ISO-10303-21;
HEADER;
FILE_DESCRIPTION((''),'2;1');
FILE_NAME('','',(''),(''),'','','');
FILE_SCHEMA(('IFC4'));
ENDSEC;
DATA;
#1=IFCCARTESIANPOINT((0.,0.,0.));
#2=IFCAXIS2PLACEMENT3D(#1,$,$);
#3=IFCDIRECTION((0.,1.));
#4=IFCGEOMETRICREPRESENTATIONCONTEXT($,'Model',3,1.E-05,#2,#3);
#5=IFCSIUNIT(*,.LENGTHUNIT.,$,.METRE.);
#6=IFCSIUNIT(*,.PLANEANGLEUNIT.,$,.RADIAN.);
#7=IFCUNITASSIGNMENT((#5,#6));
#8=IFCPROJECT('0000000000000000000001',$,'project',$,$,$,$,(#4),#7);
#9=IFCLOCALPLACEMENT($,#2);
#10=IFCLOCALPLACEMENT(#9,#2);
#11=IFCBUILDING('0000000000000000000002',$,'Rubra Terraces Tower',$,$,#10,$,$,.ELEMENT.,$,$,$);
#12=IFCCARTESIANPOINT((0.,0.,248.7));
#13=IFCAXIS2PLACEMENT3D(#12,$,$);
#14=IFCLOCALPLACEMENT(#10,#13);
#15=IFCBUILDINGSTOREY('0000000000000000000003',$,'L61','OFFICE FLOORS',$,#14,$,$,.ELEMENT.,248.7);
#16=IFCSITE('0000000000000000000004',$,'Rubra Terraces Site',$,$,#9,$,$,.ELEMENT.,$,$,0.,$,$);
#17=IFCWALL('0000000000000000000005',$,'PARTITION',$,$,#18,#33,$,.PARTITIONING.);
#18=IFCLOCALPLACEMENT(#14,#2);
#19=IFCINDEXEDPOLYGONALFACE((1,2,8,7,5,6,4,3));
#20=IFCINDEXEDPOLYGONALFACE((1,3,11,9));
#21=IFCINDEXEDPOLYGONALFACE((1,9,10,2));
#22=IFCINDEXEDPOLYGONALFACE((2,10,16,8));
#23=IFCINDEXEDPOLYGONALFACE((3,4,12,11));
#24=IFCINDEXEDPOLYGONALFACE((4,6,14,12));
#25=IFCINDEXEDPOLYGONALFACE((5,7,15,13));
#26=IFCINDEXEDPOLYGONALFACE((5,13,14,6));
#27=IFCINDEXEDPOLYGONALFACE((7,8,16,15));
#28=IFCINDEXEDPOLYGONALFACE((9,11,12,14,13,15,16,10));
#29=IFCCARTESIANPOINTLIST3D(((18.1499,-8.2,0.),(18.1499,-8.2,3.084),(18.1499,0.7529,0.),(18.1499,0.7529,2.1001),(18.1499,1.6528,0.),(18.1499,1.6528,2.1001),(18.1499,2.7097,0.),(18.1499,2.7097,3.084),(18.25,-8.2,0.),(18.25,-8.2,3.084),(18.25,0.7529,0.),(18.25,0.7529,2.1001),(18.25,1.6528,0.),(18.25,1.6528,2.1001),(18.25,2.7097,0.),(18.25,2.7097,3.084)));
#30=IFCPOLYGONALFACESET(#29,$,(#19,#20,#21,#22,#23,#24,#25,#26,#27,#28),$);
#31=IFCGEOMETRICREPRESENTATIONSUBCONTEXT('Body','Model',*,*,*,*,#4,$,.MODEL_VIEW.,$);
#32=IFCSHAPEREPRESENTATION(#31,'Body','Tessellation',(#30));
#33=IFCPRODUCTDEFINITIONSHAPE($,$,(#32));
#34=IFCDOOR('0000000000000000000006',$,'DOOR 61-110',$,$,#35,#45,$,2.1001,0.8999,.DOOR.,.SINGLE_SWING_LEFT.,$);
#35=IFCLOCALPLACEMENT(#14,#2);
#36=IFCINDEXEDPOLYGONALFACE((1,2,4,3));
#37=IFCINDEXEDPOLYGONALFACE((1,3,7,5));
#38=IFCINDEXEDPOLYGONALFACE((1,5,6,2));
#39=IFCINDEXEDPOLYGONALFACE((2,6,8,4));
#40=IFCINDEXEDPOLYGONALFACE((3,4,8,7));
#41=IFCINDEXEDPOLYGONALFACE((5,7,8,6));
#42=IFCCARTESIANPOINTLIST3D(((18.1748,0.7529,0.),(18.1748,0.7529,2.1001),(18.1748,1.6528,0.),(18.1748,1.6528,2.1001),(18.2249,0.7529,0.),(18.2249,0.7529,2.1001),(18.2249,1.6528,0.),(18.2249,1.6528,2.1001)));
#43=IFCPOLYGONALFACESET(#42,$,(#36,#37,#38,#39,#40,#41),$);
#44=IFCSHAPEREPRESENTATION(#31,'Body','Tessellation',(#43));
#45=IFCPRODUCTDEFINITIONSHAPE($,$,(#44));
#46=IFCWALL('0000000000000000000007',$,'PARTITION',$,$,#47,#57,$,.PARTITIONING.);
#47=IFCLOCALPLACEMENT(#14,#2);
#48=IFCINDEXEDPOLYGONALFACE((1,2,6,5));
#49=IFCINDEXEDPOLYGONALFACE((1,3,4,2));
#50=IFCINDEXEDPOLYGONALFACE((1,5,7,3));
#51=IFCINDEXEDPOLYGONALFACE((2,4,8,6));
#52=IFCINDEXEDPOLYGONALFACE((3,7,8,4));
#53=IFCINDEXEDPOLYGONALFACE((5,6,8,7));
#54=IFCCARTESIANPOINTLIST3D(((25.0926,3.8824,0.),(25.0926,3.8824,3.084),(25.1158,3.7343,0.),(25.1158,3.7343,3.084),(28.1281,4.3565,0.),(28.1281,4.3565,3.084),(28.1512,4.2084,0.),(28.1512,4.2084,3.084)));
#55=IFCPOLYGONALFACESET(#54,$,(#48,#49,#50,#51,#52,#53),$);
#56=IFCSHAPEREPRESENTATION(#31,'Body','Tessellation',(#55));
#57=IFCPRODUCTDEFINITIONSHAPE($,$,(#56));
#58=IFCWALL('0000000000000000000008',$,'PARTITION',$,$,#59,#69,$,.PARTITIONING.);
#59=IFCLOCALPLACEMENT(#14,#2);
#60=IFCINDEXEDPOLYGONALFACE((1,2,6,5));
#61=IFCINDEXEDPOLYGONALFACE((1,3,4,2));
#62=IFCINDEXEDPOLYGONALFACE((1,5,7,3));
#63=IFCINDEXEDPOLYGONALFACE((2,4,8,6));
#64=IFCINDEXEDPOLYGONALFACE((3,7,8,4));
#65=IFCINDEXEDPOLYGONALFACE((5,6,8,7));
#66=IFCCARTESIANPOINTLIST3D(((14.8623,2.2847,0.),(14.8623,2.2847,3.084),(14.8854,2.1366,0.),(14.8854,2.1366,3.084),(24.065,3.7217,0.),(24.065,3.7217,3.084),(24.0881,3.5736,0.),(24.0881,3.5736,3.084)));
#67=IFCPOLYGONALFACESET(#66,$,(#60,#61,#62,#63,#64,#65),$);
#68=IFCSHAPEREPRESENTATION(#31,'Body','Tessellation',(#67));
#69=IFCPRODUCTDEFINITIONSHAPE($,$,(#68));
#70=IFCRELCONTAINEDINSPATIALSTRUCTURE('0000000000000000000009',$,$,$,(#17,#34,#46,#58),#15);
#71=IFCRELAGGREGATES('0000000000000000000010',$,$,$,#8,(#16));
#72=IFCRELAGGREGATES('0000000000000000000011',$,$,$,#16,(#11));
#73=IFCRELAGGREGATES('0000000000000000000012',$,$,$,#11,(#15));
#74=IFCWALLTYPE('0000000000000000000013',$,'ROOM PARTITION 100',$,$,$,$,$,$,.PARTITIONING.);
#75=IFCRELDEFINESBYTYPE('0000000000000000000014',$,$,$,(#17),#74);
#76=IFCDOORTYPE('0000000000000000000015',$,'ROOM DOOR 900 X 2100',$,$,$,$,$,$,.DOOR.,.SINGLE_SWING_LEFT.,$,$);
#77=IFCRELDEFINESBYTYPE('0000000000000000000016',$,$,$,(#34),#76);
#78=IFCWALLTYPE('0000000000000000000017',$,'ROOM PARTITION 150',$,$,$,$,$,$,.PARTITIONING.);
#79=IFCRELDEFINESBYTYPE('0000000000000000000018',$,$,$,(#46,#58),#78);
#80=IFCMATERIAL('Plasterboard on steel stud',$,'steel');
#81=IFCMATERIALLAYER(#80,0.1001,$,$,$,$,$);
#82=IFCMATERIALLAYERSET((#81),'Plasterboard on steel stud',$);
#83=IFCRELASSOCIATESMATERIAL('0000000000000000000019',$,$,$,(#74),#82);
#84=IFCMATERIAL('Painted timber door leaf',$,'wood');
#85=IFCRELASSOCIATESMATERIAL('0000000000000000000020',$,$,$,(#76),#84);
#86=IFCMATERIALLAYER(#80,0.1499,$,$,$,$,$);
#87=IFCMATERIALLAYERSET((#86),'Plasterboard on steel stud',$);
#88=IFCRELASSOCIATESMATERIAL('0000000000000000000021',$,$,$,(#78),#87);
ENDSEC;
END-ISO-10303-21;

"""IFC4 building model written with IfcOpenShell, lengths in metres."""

from ifc_helpers import new_model, si_unit, direction, frame, frame_2d, origin, place, context, subcontext, project, spatial, rectangle, extrude, material, layer, layer_set, type_object, element, fill, save


model = new_model("IFC4")

# Units and contexts
model_context = context("Model", 3, precision=1e-05, world=origin(), true_north=direction((0.0, 1.0)))
body_context = subcontext(model_context, "Body", "Model", "MODEL_VIEW")
ifc_project = project(units=[si_unit("LENGTHUNIT", "METRE"), si_unit("PLANEANGLEUNIT", "RADIAN")], contexts=[model_context])

# Site, building, storey
site_placement = place(None, origin())
site = spatial("IfcSite", under=ifc_project, at=site_placement, Name="Rubra Terraces Site", CompositionType="ELEMENT", RefElevation=0.0)
building_placement = place(site_placement, origin())
building = spatial("IfcBuilding", under=site, at=building_placement, Name="Rubra Terraces Tower", CompositionType="ELEMENT")
storey_placement = place(building_placement, frame((0.0, 0.0, 248.7)))
storey = spatial("IfcBuildingStorey", under=building, at=storey_placement, Name="L61", Description="OFFICE FLOORS", CompositionType="ELEMENT", Elevation=248.7)

# Wall, opening, door
ifc_material_1 = material(Name="Plasterboard on steel stud", Category="steel")
ifc_layer_1 = layer(ifc_material_1, 0.1001)
ifc_layer_set_1 = layer_set([ifc_layer_1], Name="Plasterboard on steel stud")
wall_type_1 = type_object("IfcWallType", Name="ROOM PARTITION 100", PredefinedType="PARTITIONING", material=ifc_layer_set_1)
wall_1_placement = place(storey_placement, frame((18.2, 2.7097, 0.0), z_axis=(0.0, 0.0, 1.0), x_axis=(0.0, -1.0, 0.0)))
wall_1 = element("IfcWall", 1, at=wall_1_placement, inside=storey, type_object=wall_type_1, Name="PARTITION", PredefinedType="PARTITIONING", context=body_context, shape_type="SweptSolid", body=[
    extrude(rectangle(XDim=10.9097, YDim=0.1001, at=frame_2d((5.4548, 0.0))), origin(), (0.0, 0.0, 1.0), 3.084),
])
opening_1_placement = place(wall_1_placement, frame((1.0569, 0.0, 0.0)))
opening_1 = element("IfcOpeningElement", 2, at=opening_1_placement, cuts=wall_1, PredefinedType="OPENING", context=body_context, shape_type="SweptSolid", body=[
    extrude(rectangle(XDim=0.8999, YDim=2.1001, at=frame_2d((0.45, 1.05))), frame((0.0, 0.0601, 0.0), z_axis=(0.0, -1.0, 0.0), x_axis=(1.0, 0.0, 0.0)), (0.0, 0.0, 1.0), 0.1201),
])
ifc_material_2 = material(Name="Painted timber door leaf", Category="wood")
door_type_1 = type_object("IfcDoorType", Name="ROOM DOOR 900 X 2100", OperationType="SINGLE_SWING_LEFT", PredefinedType="DOOR", material=ifc_material_2)
door_1_placement = place(opening_1_placement, origin())
door_1 = element("IfcDoor", 3, at=door_1_placement, inside=storey, type_object=door_type_1, Name="DOOR 61-110", OperationType="SINGLE_SWING_LEFT", OverallHeight=2.1001, OverallWidth=0.8999, PredefinedType="DOOR", context=body_context, shape_type="SweptSolid", body=[
    extrude(rectangle(XDim=0.8999, YDim=2.1001, at=frame_2d((0.45, 1.05))), frame((0.0, 0.0249, 0.0), z_axis=(0.0, -1.0, 0.0), x_axis=(1.0, 0.0, 0.0)), (0.0, 0.0, 1.0), 0.05),
])
fill(opening_1, door_1)

# Walls
ifc_layer_2 = layer(ifc_material_1, 0.1499)
ifc_layer_set_2 = layer_set([ifc_layer_2], Name="Plasterboard on steel stud")
wall_type_2 = type_object("IfcWallType", Name="ROOM PARTITION 150", PredefinedType="PARTITIONING", material=ifc_layer_set_2)
wall_2_placement = place(storey_placement, frame((28.1396, 4.2825, 0.0), z_axis=(0.0, 0.0, 1.0), x_axis=(-0.98802, -0.154326, 0.0)))
element("IfcWall", 4, at=wall_2_placement, inside=storey, type_object=wall_type_2, Name="PARTITION", PredefinedType="PARTITIONING", context=body_context, shape_type="SweptSolid", body=[
    extrude(rectangle(XDim=3.0723, YDim=0.1499, at=frame_2d((1.5361, 0.0))), origin(), (0.0, 0.0, 1.0), 3.084),
])
wall_3_placement = place(storey_placement, frame((24.0767, 3.6477, 0.0), z_axis=(0.0, 0.0, 1.0), x_axis=(-0.988027, -0.154283, 0.0)))
element("IfcWall", 5, at=wall_3_placement, inside=storey, type_object=wall_type_2, Name="PARTITION", PredefinedType="PARTITIONING", context=body_context, shape_type="SweptSolid", body=[
    extrude(rectangle(XDim=9.3142, YDim=0.1499, at=frame_2d((4.6572, 0.0))), origin(), (0.0, 0.0, 1.0), 3.084),
])

save(model, "model.ifc")
